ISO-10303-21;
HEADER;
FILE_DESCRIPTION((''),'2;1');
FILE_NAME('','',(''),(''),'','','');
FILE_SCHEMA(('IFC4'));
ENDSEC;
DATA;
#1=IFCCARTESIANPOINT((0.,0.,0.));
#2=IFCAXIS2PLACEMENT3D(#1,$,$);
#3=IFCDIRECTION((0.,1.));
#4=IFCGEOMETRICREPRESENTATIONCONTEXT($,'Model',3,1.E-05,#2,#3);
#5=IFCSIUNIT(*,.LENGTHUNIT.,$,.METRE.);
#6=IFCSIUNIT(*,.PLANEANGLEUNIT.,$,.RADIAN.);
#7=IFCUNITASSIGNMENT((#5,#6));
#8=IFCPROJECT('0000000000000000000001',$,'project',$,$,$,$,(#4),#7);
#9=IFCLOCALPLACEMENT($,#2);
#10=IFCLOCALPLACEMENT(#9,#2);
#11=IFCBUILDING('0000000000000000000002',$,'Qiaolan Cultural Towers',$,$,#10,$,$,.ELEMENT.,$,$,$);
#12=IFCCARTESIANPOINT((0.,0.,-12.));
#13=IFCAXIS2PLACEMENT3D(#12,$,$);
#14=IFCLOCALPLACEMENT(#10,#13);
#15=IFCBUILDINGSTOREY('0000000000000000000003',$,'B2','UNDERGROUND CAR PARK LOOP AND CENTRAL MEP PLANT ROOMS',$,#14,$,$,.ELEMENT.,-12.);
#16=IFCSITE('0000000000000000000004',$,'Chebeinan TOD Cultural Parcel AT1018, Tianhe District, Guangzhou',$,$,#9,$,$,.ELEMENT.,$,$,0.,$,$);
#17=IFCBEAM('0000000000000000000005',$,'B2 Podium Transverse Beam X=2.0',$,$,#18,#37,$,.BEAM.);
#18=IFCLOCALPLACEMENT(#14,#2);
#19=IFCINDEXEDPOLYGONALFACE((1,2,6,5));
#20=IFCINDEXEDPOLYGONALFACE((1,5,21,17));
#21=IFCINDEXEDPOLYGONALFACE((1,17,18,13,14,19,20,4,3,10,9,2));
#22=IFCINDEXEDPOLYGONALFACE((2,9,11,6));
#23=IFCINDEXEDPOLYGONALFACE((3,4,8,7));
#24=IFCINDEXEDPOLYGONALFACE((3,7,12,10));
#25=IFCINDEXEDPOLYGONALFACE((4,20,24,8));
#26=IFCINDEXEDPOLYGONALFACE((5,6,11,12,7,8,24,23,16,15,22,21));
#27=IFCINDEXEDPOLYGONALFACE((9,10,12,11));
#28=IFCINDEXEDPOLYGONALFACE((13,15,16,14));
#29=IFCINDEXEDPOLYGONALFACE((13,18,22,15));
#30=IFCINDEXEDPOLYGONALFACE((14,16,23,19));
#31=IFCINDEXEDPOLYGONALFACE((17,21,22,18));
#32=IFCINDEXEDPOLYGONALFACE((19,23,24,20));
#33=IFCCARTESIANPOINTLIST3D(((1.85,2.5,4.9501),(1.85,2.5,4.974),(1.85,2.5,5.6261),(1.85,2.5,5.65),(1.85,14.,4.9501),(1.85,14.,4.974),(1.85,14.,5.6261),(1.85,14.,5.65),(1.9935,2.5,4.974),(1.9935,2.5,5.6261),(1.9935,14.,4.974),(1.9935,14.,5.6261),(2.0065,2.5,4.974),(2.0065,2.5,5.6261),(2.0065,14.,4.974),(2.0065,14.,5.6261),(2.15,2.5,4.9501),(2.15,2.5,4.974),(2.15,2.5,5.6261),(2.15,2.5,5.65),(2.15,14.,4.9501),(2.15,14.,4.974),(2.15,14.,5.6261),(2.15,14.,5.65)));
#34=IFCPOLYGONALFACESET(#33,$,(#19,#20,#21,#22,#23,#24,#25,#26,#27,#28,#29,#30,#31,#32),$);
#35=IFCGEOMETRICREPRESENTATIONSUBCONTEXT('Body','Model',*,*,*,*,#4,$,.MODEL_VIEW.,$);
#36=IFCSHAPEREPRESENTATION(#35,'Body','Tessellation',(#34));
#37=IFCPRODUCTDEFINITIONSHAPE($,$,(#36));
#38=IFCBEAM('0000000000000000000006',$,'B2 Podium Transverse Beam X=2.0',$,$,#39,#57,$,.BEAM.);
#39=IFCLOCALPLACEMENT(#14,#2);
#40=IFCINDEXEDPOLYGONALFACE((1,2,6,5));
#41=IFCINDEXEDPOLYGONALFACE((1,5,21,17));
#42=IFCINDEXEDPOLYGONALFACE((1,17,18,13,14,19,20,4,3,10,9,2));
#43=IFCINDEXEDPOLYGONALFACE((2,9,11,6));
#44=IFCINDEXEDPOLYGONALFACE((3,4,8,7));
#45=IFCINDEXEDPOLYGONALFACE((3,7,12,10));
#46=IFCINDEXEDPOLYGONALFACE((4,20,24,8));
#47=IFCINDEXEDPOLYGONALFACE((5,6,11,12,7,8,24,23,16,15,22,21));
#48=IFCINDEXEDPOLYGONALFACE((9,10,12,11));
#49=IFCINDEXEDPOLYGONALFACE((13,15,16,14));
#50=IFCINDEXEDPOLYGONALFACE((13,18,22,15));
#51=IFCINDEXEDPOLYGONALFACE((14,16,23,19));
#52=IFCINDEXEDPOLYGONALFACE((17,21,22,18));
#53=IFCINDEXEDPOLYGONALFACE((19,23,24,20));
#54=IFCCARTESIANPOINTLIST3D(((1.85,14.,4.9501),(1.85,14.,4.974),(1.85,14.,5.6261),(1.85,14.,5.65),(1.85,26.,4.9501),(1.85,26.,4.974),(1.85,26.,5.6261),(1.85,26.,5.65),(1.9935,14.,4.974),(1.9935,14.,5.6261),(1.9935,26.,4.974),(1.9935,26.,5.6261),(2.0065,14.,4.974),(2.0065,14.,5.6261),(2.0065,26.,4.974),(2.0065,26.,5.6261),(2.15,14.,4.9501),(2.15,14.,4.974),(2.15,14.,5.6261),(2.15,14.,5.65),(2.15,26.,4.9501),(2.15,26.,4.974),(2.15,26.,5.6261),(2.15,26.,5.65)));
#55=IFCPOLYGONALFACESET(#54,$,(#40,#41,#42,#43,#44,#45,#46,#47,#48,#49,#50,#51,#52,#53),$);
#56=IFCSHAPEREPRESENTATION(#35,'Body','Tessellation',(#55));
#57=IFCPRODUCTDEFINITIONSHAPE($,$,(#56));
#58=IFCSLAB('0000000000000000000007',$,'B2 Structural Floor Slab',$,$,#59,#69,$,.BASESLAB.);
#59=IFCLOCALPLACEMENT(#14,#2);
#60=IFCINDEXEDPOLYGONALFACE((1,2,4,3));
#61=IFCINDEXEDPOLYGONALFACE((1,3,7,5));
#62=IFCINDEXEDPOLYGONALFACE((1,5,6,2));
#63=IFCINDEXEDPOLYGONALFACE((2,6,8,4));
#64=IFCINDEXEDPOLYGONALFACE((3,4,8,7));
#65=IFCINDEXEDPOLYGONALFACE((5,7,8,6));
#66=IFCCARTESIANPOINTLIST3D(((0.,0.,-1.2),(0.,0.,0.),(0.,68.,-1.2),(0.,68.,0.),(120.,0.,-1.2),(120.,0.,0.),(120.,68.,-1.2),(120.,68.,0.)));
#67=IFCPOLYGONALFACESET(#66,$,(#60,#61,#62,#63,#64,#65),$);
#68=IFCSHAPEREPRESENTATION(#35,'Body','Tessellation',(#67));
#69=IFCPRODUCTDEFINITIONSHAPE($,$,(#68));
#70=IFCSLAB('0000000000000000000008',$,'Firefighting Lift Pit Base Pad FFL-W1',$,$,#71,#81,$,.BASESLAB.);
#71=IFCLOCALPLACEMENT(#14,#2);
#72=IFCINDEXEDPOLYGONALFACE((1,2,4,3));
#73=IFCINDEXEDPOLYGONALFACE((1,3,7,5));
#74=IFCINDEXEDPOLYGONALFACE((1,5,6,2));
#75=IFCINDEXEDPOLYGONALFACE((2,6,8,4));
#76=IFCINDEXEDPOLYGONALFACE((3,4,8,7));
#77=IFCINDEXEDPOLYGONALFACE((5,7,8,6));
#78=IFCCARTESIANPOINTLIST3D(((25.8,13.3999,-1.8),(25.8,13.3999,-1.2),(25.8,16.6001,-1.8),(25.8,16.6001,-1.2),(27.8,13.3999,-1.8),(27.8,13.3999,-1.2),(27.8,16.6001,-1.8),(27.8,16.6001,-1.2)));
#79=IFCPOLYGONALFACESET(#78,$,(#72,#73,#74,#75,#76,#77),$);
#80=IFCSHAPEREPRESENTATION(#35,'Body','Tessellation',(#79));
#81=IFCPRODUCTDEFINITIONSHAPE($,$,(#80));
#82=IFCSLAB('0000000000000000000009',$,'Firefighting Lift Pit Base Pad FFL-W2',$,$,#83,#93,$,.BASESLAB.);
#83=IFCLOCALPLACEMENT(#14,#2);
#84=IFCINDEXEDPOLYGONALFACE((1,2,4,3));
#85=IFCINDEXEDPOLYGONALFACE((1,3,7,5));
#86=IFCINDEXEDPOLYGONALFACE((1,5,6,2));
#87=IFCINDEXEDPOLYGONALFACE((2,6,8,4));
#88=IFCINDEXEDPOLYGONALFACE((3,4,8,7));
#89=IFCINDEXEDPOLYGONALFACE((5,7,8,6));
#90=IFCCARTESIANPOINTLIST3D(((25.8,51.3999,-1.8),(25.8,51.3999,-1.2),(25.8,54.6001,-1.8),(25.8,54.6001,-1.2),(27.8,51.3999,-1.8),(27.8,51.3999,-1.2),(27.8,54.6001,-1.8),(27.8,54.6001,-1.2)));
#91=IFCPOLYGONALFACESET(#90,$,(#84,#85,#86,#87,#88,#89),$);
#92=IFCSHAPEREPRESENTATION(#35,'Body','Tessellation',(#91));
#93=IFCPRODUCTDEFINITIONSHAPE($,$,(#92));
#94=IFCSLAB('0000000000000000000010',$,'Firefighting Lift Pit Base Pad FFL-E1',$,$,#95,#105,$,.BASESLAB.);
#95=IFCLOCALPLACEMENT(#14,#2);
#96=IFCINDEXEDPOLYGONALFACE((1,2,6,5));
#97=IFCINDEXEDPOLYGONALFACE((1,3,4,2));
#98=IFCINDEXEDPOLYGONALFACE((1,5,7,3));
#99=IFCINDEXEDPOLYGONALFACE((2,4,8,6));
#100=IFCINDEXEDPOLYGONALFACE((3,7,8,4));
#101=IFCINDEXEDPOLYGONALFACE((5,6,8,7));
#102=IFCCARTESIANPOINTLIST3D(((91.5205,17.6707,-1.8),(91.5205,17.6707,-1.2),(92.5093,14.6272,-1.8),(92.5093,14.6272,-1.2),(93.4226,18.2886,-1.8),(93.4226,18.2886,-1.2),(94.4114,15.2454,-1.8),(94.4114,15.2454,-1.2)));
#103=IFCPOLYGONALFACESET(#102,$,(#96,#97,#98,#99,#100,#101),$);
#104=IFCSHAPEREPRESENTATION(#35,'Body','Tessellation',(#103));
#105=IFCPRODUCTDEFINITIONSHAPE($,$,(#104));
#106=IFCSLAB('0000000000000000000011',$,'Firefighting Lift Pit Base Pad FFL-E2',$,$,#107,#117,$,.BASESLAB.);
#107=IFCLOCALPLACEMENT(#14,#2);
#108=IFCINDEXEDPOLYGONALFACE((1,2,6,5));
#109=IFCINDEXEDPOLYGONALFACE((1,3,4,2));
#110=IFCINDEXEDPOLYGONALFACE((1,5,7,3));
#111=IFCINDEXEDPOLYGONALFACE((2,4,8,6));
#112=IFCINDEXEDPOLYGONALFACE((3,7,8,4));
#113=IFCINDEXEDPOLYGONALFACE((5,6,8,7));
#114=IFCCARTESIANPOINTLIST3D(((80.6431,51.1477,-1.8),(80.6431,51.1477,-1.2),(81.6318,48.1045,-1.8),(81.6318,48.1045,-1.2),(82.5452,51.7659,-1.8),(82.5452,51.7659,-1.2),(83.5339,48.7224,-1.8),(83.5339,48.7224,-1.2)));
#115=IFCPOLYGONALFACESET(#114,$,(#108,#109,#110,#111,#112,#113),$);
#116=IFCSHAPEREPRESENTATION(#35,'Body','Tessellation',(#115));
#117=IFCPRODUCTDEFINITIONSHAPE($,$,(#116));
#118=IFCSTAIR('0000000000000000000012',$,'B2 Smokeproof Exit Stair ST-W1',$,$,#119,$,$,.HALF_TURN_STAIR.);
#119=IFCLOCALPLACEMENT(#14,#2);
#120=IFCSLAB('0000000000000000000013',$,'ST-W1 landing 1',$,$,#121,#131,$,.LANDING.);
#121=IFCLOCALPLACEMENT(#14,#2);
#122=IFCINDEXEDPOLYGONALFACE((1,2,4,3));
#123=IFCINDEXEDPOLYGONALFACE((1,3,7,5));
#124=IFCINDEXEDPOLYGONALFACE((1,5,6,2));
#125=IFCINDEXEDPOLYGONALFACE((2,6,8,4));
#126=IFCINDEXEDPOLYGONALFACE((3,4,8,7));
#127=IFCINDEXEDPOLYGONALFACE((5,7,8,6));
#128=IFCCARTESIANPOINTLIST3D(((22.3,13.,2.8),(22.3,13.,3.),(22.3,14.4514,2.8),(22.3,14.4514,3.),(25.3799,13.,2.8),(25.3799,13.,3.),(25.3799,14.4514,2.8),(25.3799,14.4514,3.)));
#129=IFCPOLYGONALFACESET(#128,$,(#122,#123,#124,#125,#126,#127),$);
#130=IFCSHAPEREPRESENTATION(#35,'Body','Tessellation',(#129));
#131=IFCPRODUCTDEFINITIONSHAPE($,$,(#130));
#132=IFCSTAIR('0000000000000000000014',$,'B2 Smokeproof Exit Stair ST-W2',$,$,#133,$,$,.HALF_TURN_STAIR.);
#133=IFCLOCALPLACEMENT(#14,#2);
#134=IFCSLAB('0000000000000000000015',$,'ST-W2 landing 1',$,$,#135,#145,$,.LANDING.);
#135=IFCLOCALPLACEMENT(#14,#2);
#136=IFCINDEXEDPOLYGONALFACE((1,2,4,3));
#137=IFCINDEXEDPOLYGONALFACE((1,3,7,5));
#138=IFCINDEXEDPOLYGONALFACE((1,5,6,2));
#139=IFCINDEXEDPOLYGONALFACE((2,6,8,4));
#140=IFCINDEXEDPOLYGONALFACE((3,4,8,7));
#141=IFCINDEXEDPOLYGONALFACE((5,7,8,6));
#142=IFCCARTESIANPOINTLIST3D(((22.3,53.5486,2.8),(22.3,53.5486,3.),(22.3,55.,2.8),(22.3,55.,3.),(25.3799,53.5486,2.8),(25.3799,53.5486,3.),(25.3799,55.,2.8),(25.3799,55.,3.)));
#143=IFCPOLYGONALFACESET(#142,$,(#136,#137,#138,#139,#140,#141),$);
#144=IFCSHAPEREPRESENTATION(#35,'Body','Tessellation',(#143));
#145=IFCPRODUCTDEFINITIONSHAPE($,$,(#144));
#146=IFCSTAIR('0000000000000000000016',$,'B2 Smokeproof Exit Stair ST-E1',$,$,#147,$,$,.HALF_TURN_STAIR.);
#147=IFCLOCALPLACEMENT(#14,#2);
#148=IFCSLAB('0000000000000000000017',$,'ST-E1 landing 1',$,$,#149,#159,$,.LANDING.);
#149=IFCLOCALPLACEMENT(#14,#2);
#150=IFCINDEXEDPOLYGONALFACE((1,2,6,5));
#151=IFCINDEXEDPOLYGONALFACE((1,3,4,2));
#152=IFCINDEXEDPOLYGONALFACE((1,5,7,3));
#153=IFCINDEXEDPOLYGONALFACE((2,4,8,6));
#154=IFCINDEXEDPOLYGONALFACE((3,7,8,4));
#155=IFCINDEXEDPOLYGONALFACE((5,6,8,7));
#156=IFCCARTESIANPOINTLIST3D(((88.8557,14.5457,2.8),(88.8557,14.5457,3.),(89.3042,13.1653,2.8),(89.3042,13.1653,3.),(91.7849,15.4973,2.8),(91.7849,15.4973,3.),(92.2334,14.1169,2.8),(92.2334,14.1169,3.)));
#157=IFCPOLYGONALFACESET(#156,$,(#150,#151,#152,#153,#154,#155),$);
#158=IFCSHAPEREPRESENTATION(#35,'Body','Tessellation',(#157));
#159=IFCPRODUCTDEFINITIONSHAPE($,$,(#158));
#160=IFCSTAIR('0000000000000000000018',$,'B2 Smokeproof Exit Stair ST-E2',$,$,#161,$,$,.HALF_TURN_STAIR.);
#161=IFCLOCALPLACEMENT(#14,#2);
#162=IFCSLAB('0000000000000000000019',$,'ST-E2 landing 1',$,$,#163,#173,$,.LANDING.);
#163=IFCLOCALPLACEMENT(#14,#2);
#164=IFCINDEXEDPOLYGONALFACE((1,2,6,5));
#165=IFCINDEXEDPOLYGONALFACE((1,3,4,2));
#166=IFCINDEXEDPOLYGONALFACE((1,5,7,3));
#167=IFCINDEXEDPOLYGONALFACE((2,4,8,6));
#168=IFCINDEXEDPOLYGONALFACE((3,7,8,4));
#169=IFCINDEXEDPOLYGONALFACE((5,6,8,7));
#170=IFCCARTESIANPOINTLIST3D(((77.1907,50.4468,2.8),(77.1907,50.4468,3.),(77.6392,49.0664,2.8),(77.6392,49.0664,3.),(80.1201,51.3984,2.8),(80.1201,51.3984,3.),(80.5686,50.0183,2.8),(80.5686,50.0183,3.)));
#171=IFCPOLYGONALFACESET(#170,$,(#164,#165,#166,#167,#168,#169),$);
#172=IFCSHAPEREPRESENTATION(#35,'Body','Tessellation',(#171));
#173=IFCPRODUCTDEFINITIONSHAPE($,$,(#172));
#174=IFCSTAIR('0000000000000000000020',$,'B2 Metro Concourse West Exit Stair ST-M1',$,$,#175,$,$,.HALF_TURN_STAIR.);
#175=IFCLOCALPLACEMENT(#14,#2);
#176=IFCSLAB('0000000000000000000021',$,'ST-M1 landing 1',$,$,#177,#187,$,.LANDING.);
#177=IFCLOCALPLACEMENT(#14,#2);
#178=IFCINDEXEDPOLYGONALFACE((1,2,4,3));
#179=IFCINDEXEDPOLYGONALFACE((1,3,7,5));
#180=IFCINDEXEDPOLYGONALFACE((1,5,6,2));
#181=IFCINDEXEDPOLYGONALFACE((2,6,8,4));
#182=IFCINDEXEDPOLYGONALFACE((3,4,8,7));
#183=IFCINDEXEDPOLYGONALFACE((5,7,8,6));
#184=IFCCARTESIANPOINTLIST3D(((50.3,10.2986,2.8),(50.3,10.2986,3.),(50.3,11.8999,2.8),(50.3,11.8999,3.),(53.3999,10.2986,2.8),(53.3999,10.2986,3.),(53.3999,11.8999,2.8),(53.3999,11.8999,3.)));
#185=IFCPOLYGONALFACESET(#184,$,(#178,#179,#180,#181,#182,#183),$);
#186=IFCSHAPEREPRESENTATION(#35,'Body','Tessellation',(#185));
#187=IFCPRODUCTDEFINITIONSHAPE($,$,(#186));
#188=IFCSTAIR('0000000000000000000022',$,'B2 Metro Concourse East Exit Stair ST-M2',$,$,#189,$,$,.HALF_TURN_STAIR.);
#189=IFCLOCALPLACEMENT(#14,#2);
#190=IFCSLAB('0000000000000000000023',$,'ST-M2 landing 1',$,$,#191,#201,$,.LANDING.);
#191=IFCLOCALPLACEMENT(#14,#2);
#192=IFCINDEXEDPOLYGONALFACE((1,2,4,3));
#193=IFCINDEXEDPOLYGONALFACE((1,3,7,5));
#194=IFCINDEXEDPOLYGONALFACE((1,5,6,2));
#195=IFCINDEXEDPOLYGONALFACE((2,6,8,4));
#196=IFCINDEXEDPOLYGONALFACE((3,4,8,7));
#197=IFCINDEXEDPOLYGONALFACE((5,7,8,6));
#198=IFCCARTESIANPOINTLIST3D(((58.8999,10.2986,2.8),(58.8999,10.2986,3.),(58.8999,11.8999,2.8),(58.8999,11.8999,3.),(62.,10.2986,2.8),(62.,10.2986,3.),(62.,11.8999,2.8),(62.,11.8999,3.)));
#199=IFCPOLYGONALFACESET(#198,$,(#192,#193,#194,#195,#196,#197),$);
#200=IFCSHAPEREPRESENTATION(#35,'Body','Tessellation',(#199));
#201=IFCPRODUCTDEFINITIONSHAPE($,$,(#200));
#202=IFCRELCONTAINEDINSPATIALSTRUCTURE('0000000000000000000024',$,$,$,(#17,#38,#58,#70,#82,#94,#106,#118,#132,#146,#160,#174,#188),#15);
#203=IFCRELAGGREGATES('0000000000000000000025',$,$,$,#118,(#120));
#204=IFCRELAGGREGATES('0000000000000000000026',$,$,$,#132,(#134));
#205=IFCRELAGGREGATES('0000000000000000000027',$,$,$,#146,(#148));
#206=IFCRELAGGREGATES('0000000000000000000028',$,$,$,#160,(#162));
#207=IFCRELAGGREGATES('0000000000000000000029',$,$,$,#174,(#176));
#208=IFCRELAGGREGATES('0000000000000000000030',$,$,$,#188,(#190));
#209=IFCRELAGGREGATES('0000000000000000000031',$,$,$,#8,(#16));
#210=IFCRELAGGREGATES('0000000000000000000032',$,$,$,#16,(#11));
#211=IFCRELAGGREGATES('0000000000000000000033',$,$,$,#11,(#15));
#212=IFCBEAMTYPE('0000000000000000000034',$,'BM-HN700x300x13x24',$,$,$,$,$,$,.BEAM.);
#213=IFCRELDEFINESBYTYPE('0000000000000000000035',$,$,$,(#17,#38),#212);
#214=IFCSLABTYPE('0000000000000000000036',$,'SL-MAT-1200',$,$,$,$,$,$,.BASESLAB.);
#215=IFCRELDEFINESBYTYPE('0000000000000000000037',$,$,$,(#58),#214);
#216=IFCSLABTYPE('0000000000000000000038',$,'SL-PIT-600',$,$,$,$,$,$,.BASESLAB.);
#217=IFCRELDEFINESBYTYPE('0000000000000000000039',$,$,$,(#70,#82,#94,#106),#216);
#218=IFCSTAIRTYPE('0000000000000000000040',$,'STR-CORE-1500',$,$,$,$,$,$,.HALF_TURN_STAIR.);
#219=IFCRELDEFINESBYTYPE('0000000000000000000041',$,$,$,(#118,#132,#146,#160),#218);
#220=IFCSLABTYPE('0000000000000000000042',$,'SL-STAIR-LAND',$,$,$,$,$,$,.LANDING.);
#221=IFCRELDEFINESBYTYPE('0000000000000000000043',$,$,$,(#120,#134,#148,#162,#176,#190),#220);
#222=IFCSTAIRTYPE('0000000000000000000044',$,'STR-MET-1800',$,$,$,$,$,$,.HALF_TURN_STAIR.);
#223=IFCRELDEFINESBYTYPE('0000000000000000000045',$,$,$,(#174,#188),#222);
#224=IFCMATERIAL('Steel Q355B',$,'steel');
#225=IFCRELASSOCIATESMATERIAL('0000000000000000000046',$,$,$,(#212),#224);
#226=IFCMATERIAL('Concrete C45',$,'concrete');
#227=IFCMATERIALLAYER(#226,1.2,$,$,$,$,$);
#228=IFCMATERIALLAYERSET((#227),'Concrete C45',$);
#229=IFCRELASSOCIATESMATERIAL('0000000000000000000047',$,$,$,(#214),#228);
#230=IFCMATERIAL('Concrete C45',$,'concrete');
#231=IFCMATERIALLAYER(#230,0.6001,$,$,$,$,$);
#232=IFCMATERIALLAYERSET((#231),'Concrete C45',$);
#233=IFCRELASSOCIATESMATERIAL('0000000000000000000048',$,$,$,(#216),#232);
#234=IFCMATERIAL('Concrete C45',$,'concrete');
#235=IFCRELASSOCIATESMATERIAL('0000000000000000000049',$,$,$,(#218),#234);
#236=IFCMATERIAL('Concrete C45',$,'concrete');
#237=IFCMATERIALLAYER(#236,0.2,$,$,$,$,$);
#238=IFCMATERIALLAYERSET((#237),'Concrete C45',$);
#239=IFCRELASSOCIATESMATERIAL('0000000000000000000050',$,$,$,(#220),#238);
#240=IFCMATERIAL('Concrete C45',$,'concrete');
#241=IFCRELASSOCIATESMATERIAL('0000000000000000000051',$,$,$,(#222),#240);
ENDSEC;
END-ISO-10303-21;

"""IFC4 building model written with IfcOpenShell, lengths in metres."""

from ifc_helpers import new_model, si_unit, direction, frame, origin, origin_2d, place, context, subcontext, project, spatial, polyline, i_section, outline, extrude, material, layer, layer_set, material_profile, profile_set, type_object, element, aggregate, save


model = new_model("IFC4")

# Units and contexts
model_context = context("Model", 3, precision=1e-05, world=origin(), true_north=direction((0.0, 1.0)))
body_context = subcontext(model_context, "Body", "Model", "MODEL_VIEW")
ifc_project = project(units=[si_unit("LENGTHUNIT", "METRE"), si_unit("PLANEANGLEUNIT", "RADIAN")], contexts=[model_context])

# Site, building, storey
site_placement = place(None, origin())
site = spatial("IfcSite", under=ifc_project, at=site_placement, Name="Chebeinan TOD Cultural Parcel AT1018, Tianhe District, Guangzhou", CompositionType="ELEMENT", RefElevation=0.0)
building_placement = place(site_placement, origin())
building = spatial("IfcBuilding", under=site, at=building_placement, Name="Qiaolan Cultural Towers", CompositionType="ELEMENT")
storey_placement = place(building_placement, frame((0.0, 0.0, -12.0)))
storey = spatial("IfcBuildingStorey", under=building, at=storey_placement, Name="B2", Description="UNDERGROUND CAR PARK LOOP AND CENTRAL MEP PLANT ROOMS", CompositionType="ELEMENT", Elevation=-12.0)

# Beams
ifc_material_1 = material(Name="Steel Q355B", Category="steel")
ifc_material_profile_1 = material_profile(ifc_material_1, i_section(OverallWidth=0.3, OverallDepth=0.7, WebThickness=0.0129, FlangeThickness=0.0239, at=origin_2d()), Name="HN700x300x13x24")
ifc_profile_set_1 = profile_set([ifc_material_profile_1], Name="Steel Q355B")
beam_type_1 = type_object("IfcBeamType", Name="BM-HN700x300x13x24", PredefinedType="BEAM", material=ifc_profile_set_1)
beam_1_placement = place(storey_placement, frame((2.0, 2.5, 5.3), z_axis=(0.0, 1.0, 0.0), x_axis=(-1.0, 0.0, 0.0)))
element("IfcBeam", 1, at=beam_1_placement, inside=storey, type_object=beam_type_1, Name="B2 Podium Transverse Beam X=2.0", PredefinedType="BEAM", context=body_context, shape_type="SweptSolid", body=[
    extrude(i_section(OverallWidth=0.3, OverallDepth=0.7, WebThickness=0.0129, FlangeThickness=0.0239, at=origin_2d()), origin(), (0.0, 0.0, 1.0), 11.5),
])
beam_2_placement = place(storey_placement, frame((2.0, 14.0, 5.3), z_axis=(0.0, 1.0, 0.0), x_axis=(-1.0, 0.0, 0.0)))
element("IfcBeam", 2, at=beam_2_placement, inside=storey, type_object=beam_type_1, Name="B2 Podium Transverse Beam X=2.0", PredefinedType="BEAM", context=body_context, shape_type="SweptSolid", body=[
    extrude(i_section(OverallWidth=0.3, OverallDepth=0.7, WebThickness=0.0129, FlangeThickness=0.0239, at=origin_2d()), origin(), (0.0, 0.0, 1.0), 12.0),
])

# Slabs
ifc_material_2 = material(Name="Concrete C45", Category="concrete")
ifc_layer_1 = layer(ifc_material_2, 1.2)
ifc_layer_set_1 = layer_set([ifc_layer_1], Name="Concrete C45")
slab_type_1 = type_object("IfcSlabType", Name="SL-MAT-1200", PredefinedType="BASESLAB", material=ifc_layer_set_1)
slab_1_placement = place(storey_placement, frame((0.0, 0.0, -1.2)))
element("IfcSlab", 3, at=slab_1_placement, inside=storey, type_object=slab_type_1, Name="B2 Structural Floor Slab", PredefinedType="BASESLAB", context=body_context, shape_type="SweptSolid", body=[
    extrude(outline(polyline([(0.0, 0.0), (120.0, 0.0), (120.0, 68.0), (0.0, 68.0), (0.0, 0.0)])), origin(), (0.0, 0.0, 1.0), 1.2),
])
ifc_material_3 = material(Name="Concrete C45", Category="concrete")
ifc_layer_2 = layer(ifc_material_3, 0.6001)
ifc_layer_set_2 = layer_set([ifc_layer_2], Name="Concrete C45")
slab_type_2 = type_object("IfcSlabType", Name="SL-PIT-600", PredefinedType="BASESLAB", material=ifc_layer_set_2)
slab_2_placement = place(storey_placement, frame((0.0, 0.0, -1.8)))
element("IfcSlab", 4, at=slab_2_placement, inside=storey, type_object=slab_type_2, Name="Firefighting Lift Pit Base Pad FFL-W1", PredefinedType="BASESLAB", context=body_context, shape_type="SweptSolid", body=[
    extrude(outline(polyline([(25.8, 13.3999), (27.8, 13.3999), (27.8, 16.6001), (25.8, 16.6001), (25.8, 13.3999)])), origin(), (0.0, 0.0, 1.0), 0.6001),
])
slab_3_placement = place(storey_placement, frame((0.0, 0.0, -1.8)))
element("IfcSlab", 5, at=slab_3_placement, inside=storey, type_object=slab_type_2, Name="Firefighting Lift Pit Base Pad FFL-W2", PredefinedType="BASESLAB", context=body_context, shape_type="SweptSolid", body=[
    extrude(outline(polyline([(25.8, 51.3999), (27.8, 51.3999), (27.8, 54.6001), (25.8, 54.6001), (25.8, 51.3999)])), origin(), (0.0, 0.0, 1.0), 0.6001),
])
slab_4_placement = place(storey_placement, frame((0.0, 0.0, -1.8)))
element("IfcSlab", 6, at=slab_4_placement, inside=storey, type_object=slab_type_2, Name="Firefighting Lift Pit Base Pad FFL-E1", PredefinedType="BASESLAB", context=body_context, shape_type="SweptSolid", body=[
    extrude(outline(polyline([(92.5093, 14.6272), (94.4114, 15.2454), (93.4226, 18.2886), (91.5205, 17.6707), (92.5093, 14.6272)])), origin(), (0.0, 0.0, 1.0), 0.6001),
])
slab_5_placement = place(storey_placement, frame((0.0, 0.0, -1.8)))
element("IfcSlab", 7, at=slab_5_placement, inside=storey, type_object=slab_type_2, Name="Firefighting Lift Pit Base Pad FFL-E2", PredefinedType="BASESLAB", context=body_context, shape_type="SweptSolid", body=[
    extrude(outline(polyline([(81.6318, 48.1045), (83.5339, 48.7224), (82.5452, 51.7659), (80.6431, 51.1477), (81.6318, 48.1045)])), origin(), (0.0, 0.0, 1.0), 0.6001),
])

# Stairs, slabs
ifc_material_4 = material(Name="Concrete C45", Category="concrete")
stair_type_1 = type_object("IfcStairType", Name="STR-CORE-1500", PredefinedType="HALF_TURN_STAIR", material=ifc_material_4)
stair_1_placement = place(storey_placement, origin())
stair_1 = element("IfcStair", 8, at=stair_1_placement, inside=storey, type_object=stair_type_1, Name="B2 Smokeproof Exit Stair ST-W1", PredefinedType="HALF_TURN_STAIR")
ifc_material_5 = material(Name="Concrete C45", Category="concrete")
ifc_layer_3 = layer(ifc_material_5, 0.2)
ifc_layer_set_3 = layer_set([ifc_layer_3], Name="Concrete C45")
slab_type_3 = type_object("IfcSlabType", Name="SL-STAIR-LAND", PredefinedType="LANDING", material=ifc_layer_set_3)
slab_6_placement = place(storey_placement, frame((0.0, 0.0, 2.8)))
slab_6 = element("IfcSlab", 9, at=slab_6_placement, type_object=slab_type_3, Name="ST-W1 landing 1", PredefinedType="LANDING", context=body_context, shape_type="SweptSolid", body=[
    extrude(outline(polyline([(22.3, 14.4514), (22.3, 13.0), (25.3799, 13.0), (25.3799, 14.4514), (22.3, 14.4514)])), origin(), (0.0, 0.0, 1.0), 0.2),
])
aggregate(stair_1, [slab_6])
stair_2_placement = place(storey_placement, origin())
stair_2 = element("IfcStair", 10, at=stair_2_placement, inside=storey, type_object=stair_type_1, Name="B2 Smokeproof Exit Stair ST-W2", PredefinedType="HALF_TURN_STAIR")
slab_7_placement = place(storey_placement, frame((0.0, 0.0, 2.8)))
slab_7 = element("IfcSlab", 11, at=slab_7_placement, type_object=slab_type_3, Name="ST-W2 landing 1", PredefinedType="LANDING", context=body_context, shape_type="SweptSolid", body=[
    extrude(outline(polyline([(25.3799, 53.5486), (25.3799, 55.0), (22.3, 55.0), (22.3, 53.5486), (25.3799, 53.5486)])), origin(), (0.0, 0.0, 1.0), 0.2),
])
aggregate(stair_2, [slab_7])
stair_3_placement = place(storey_placement, origin())
stair_3 = element("IfcStair", 12, at=stair_3_placement, inside=storey, type_object=stair_type_1, Name="B2 Smokeproof Exit Stair ST-E1", PredefinedType="HALF_TURN_STAIR")
slab_8_placement = place(storey_placement, frame((0.0, 0.0, 2.8)))
slab_8 = element("IfcSlab", 13, at=slab_8_placement, type_object=slab_type_3, Name="ST-E1 landing 1", PredefinedType="LANDING", context=body_context, shape_type="SweptSolid", body=[
    extrude(outline(polyline([(88.8557, 14.5457), (89.3042, 13.1653), (92.2334, 14.1169), (91.7849, 15.4973), (88.8557, 14.5457)])), origin(), (0.0, 0.0, 1.0), 0.2),
])
aggregate(stair_3, [slab_8])
stair_4_placement = place(storey_placement, origin())
stair_4 = element("IfcStair", 14, at=stair_4_placement, inside=storey, type_object=stair_type_1, Name="B2 Smokeproof Exit Stair ST-E2", PredefinedType="HALF_TURN_STAIR")
slab_9_placement = place(storey_placement, frame((0.0, 0.0, 2.8)))
slab_9 = element("IfcSlab", 15, at=slab_9_placement, type_object=slab_type_3, Name="ST-E2 landing 1", PredefinedType="LANDING", context=body_context, shape_type="SweptSolid", body=[
    extrude(outline(polyline([(80.5686, 50.0183), (80.1201, 51.3984), (77.1907, 50.4468), (77.6392, 49.0664), (80.5686, 50.0183)])), origin(), (0.0, 0.0, 1.0), 0.2),
])
aggregate(stair_4, [slab_9])
ifc_material_6 = material(Name="Concrete C45", Category="concrete")
stair_type_2 = type_object("IfcStairType", Name="STR-MET-1800", PredefinedType="HALF_TURN_STAIR", material=ifc_material_6)
stair_5_placement = place(storey_placement, origin())
stair_5 = element("IfcStair", 16, at=stair_5_placement, inside=storey, type_object=stair_type_2, Name="B2 Metro Concourse West Exit Stair ST-M1", PredefinedType="HALF_TURN_STAIR")
slab_10_placement = place(storey_placement, frame((0.0, 0.0, 2.8)))
slab_10 = element("IfcSlab", 17, at=slab_10_placement, type_object=slab_type_3, Name="ST-M1 landing 1", PredefinedType="LANDING", context=body_context, shape_type="SweptSolid", body=[
    extrude(outline(polyline([(53.3999, 10.2986), (53.3999, 11.8999), (50.3, 11.8999), (50.3, 10.2986), (53.3999, 10.2986)])), origin(), (0.0, 0.0, 1.0), 0.2),
])
aggregate(stair_5, [slab_10])
stair_6_placement = place(storey_placement, origin())
stair_6 = element("IfcStair", 18, at=stair_6_placement, inside=storey, type_object=stair_type_2, Name="B2 Metro Concourse East Exit Stair ST-M2", PredefinedType="HALF_TURN_STAIR")
slab_11_placement = place(storey_placement, frame((0.0, 0.0, 2.8)))
slab_11 = element("IfcSlab", 19, at=slab_11_placement, type_object=slab_type_3, Name="ST-M2 landing 1", PredefinedType="LANDING", context=body_context, shape_type="SweptSolid", body=[
    extrude(outline(polyline([(62.0, 10.2986), (62.0, 11.8999), (58.8999, 11.8999), (58.8999, 10.2986), (62.0, 10.2986)])), origin(), (0.0, 0.0, 1.0), 0.2),
])
aggregate(stair_6, [slab_11])

save(model, "model.ifc")
